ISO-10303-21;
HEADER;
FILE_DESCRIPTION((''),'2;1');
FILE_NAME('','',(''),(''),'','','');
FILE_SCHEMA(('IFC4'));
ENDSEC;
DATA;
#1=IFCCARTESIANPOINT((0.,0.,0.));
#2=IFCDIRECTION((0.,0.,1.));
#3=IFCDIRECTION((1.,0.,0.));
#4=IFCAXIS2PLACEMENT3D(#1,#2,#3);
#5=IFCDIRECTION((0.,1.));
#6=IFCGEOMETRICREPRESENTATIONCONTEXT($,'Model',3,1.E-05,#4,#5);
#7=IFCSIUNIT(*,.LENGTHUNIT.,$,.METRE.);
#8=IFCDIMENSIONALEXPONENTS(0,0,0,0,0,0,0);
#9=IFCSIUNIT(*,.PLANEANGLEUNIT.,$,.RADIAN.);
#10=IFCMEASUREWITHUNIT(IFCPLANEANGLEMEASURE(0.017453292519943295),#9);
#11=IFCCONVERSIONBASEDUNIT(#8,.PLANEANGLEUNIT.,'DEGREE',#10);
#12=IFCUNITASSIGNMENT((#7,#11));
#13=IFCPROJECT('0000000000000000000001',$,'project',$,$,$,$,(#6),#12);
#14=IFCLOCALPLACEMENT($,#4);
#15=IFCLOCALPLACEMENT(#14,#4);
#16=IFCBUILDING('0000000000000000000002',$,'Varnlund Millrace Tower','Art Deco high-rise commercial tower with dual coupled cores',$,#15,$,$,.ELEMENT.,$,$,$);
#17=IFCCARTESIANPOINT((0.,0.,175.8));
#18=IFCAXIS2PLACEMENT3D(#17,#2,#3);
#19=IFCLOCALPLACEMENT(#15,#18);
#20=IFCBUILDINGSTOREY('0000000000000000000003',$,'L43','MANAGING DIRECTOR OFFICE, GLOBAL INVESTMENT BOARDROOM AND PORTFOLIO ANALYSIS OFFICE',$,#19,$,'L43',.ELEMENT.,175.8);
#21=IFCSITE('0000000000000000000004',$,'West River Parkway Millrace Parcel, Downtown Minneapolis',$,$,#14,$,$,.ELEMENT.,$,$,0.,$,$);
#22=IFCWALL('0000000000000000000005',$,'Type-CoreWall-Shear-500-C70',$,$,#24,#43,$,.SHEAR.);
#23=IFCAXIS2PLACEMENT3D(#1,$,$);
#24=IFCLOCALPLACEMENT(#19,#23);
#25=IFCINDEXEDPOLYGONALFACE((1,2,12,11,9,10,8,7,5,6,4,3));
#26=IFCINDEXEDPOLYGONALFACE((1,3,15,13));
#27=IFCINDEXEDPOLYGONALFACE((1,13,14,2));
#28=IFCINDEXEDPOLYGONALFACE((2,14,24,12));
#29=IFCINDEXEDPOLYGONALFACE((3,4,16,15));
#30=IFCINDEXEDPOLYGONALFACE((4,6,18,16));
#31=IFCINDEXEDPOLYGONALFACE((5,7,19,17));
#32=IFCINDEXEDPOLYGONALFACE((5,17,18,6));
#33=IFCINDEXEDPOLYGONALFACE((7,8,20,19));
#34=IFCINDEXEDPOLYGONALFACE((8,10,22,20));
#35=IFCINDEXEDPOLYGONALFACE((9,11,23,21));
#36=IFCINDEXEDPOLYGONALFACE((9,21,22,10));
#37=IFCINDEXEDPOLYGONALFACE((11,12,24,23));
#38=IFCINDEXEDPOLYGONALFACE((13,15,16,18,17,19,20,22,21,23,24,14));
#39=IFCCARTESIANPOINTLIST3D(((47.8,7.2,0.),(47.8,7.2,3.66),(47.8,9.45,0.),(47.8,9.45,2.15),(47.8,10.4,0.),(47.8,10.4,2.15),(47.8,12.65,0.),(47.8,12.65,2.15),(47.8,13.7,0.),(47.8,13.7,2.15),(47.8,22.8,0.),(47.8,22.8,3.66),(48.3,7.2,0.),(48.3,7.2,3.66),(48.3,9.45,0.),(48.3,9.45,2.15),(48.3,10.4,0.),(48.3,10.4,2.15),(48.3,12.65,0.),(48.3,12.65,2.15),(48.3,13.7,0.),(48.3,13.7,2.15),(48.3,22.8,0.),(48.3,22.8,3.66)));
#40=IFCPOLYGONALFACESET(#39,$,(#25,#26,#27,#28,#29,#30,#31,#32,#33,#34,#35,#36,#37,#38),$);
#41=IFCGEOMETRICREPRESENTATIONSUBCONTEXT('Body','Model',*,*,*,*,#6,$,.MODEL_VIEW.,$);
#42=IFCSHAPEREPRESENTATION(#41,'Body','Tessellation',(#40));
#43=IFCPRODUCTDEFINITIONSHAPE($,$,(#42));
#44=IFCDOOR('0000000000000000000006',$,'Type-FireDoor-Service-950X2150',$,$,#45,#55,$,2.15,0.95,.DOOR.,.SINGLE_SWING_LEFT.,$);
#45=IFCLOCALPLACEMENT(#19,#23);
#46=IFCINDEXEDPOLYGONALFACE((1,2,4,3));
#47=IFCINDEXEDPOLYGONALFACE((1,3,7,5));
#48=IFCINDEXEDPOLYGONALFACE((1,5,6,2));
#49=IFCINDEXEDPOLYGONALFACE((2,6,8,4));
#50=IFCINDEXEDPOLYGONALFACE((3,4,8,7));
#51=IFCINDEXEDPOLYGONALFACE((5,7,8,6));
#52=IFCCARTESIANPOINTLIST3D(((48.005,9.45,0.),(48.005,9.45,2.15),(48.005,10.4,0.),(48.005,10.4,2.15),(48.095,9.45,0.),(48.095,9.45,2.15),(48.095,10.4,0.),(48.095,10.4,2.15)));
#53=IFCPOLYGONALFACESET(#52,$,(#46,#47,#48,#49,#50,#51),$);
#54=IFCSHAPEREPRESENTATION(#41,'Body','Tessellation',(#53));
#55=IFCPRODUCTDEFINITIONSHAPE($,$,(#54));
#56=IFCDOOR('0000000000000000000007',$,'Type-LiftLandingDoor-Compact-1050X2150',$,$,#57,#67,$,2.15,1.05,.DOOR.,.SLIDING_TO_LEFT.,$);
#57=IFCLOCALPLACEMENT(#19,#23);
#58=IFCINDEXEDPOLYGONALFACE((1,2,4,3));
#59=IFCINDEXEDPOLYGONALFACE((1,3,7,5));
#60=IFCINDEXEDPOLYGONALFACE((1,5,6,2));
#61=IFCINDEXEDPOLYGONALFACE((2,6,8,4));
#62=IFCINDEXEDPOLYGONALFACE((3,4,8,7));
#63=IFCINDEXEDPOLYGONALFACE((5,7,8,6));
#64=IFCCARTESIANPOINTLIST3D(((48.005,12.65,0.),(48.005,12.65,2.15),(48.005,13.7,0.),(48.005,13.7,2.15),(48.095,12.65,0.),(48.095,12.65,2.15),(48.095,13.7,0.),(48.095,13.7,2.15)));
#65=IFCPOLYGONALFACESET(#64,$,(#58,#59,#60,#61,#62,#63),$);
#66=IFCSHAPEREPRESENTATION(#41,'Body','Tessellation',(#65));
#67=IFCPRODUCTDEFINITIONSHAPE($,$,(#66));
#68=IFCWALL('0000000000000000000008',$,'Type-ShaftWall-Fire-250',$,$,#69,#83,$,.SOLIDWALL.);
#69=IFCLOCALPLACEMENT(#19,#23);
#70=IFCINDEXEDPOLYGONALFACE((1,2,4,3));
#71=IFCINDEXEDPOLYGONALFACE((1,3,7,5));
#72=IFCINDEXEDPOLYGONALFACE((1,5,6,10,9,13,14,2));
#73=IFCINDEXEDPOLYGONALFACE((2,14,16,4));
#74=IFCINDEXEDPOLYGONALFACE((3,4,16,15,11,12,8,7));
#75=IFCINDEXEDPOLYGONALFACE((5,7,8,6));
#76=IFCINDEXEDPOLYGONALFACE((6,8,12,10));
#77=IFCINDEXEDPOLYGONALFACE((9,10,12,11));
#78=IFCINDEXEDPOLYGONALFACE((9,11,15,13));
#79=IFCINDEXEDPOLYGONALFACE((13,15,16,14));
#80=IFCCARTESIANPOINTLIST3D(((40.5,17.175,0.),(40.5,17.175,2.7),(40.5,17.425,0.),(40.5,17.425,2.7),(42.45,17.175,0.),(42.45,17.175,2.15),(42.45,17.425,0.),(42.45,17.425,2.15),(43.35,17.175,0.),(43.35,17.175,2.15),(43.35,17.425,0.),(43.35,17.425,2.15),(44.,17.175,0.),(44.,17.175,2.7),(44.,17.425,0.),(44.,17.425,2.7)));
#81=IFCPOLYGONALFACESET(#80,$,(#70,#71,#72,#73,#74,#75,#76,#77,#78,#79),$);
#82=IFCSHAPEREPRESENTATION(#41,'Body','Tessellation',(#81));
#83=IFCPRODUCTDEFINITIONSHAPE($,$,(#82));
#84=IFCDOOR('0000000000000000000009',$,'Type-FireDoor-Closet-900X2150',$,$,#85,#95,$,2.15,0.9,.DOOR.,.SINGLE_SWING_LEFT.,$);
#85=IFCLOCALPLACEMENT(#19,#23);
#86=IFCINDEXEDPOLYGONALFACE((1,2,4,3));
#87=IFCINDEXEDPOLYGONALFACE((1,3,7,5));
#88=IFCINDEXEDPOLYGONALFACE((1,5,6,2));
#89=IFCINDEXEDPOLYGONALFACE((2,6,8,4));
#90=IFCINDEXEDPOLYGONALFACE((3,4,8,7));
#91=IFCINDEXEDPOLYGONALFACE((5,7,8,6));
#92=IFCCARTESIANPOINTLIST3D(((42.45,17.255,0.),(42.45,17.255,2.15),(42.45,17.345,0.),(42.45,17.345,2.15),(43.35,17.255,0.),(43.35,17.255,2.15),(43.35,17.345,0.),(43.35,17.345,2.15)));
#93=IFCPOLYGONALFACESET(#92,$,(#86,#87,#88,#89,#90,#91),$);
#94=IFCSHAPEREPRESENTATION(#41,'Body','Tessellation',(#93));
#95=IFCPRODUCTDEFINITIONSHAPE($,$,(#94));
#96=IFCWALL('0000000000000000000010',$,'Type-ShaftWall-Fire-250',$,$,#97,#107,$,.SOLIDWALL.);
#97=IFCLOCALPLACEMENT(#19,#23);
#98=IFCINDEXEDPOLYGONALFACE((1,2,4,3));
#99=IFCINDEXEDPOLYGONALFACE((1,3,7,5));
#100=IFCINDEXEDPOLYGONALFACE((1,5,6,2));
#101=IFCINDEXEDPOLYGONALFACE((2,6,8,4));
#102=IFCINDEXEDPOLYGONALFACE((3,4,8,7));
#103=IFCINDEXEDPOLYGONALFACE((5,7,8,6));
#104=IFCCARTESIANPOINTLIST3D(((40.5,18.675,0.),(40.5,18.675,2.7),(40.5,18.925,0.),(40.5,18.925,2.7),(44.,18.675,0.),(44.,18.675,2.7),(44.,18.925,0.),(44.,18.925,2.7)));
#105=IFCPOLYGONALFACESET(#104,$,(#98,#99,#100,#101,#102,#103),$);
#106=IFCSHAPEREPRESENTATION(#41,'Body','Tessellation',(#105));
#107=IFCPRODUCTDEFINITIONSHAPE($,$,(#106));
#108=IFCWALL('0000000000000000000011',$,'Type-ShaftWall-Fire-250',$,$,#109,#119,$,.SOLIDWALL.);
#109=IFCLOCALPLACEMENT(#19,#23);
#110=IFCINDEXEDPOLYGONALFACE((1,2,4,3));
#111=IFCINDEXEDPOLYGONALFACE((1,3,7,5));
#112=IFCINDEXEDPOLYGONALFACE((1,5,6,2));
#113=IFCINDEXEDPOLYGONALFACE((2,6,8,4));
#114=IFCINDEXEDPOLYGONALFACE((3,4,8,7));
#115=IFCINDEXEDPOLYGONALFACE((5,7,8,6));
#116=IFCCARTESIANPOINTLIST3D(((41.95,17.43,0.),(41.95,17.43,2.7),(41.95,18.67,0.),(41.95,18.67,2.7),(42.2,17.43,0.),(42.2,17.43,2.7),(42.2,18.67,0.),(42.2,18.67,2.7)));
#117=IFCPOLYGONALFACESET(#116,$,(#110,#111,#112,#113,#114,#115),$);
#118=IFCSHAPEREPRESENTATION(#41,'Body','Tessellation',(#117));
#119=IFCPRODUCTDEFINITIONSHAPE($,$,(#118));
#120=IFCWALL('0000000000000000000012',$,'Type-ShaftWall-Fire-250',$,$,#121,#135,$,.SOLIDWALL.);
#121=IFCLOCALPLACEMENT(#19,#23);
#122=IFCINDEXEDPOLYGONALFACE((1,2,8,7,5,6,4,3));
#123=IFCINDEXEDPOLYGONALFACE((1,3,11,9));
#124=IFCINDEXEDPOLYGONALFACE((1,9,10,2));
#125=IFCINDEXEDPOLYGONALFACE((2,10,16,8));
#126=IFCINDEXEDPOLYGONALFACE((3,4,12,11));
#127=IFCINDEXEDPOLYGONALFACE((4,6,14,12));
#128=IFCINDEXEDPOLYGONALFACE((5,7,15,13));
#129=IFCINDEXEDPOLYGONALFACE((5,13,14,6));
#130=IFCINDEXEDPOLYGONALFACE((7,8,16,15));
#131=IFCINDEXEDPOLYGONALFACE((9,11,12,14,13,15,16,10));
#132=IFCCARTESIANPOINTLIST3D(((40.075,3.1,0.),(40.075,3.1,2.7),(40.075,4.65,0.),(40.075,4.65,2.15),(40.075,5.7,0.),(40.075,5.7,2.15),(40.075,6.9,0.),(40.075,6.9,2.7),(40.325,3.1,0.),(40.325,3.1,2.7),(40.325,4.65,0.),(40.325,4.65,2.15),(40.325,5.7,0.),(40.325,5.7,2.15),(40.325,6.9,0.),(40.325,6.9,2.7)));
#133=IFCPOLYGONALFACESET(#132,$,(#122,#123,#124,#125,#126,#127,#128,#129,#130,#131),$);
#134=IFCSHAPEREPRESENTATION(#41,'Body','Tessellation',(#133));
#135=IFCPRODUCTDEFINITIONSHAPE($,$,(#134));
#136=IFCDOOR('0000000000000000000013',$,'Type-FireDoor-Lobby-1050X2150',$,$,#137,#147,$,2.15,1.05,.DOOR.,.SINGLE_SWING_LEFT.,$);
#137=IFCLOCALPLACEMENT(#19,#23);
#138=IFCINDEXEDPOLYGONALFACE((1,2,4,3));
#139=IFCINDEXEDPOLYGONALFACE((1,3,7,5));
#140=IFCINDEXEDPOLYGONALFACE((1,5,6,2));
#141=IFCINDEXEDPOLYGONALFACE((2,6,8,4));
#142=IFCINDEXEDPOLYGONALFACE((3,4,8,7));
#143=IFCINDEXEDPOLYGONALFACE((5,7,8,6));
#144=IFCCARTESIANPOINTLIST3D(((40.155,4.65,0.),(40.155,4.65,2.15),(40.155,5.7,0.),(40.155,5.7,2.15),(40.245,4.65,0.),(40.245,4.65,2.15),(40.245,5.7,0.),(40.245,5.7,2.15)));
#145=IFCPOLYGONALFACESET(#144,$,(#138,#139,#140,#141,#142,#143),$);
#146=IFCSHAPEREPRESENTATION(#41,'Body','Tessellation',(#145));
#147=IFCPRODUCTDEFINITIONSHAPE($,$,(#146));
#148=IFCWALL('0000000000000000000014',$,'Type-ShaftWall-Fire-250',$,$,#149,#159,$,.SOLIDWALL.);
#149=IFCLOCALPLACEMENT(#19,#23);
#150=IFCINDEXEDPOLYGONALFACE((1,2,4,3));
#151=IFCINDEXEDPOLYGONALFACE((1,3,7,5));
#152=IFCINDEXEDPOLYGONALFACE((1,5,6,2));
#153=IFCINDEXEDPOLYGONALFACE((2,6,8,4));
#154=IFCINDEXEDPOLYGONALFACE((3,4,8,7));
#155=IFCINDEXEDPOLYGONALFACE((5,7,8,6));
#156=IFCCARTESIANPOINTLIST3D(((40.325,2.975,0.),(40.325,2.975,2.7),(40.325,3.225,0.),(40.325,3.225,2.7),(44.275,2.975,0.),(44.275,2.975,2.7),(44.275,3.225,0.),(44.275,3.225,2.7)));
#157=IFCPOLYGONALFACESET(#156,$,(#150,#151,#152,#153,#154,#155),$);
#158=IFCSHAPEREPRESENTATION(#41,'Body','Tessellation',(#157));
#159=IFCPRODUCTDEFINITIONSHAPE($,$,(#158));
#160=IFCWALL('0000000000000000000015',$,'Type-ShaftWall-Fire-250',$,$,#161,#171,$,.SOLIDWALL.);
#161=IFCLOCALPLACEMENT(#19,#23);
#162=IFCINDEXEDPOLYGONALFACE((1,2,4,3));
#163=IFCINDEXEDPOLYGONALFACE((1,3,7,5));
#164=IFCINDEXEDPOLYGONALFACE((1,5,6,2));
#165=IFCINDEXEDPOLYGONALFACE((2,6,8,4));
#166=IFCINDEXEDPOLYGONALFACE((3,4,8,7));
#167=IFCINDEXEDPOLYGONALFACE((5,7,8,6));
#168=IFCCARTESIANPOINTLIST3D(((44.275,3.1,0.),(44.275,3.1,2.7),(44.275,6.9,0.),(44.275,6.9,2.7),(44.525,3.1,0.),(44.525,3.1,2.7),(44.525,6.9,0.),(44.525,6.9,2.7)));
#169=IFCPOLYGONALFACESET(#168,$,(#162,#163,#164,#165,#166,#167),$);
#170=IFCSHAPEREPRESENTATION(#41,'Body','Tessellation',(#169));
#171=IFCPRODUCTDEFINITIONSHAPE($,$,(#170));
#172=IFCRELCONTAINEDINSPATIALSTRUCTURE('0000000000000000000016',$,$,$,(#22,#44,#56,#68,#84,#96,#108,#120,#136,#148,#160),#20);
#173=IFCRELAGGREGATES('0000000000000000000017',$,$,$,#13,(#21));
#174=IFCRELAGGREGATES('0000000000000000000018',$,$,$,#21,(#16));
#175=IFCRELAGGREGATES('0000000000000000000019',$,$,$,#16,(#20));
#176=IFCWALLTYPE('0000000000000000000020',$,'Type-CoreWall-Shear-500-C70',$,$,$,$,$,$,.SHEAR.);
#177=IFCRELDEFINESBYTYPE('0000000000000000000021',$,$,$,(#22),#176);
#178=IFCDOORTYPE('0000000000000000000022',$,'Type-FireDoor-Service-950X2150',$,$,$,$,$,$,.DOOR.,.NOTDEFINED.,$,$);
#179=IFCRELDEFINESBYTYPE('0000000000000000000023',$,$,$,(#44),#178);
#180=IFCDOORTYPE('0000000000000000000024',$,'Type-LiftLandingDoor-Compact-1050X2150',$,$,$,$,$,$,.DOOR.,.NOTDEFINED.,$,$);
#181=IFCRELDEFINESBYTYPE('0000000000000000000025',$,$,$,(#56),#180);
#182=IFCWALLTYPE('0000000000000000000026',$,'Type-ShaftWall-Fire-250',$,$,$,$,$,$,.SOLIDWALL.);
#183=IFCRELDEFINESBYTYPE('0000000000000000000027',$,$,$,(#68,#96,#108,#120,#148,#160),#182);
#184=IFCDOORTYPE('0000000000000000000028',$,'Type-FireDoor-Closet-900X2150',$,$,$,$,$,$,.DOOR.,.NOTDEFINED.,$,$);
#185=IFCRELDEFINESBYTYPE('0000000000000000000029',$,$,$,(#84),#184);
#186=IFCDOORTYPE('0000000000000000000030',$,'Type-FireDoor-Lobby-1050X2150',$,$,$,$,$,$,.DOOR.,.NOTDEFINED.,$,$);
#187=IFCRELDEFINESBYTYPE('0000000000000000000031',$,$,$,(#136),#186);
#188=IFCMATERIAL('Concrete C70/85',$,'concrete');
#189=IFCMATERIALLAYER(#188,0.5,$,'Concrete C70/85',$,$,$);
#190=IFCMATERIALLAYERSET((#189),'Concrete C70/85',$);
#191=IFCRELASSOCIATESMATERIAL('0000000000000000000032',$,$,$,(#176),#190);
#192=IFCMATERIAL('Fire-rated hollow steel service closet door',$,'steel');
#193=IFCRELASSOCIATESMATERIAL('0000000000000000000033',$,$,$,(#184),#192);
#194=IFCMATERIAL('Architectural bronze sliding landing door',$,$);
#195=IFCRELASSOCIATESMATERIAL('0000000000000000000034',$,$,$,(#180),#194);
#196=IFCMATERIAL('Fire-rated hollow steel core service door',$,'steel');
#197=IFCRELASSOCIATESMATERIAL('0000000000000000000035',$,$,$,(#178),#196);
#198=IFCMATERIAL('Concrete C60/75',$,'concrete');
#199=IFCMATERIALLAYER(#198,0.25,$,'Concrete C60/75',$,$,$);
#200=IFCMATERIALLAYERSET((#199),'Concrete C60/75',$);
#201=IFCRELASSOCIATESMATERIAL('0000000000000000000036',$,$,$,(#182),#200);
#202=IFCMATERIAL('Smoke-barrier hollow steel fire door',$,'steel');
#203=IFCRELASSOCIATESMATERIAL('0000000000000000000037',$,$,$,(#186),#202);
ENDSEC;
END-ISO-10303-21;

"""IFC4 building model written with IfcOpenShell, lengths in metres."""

from ifc_helpers import new_model, entity, si_unit, converted_unit, direction, frame, origin_with_axes, origin_2d_with_axis, place, context, subcontext, project, spatial, polyline, rectangle, outline, extrude, material, layer, layer_set, type_object, element, fill, save


model = new_model("IFC4")

# Units and contexts
model_context = context("Model", 3, precision=1e-05, world=origin_with_axes(), true_north=direction((0.0, 1.0)))
body_context = subcontext(model_context, "Body", "Model", "MODEL_VIEW")
ifc_project = project(units=[si_unit("LENGTHUNIT", "METRE"), converted_unit("PLANEANGLEUNIT", "DEGREE", entity("IfcPlaneAngleMeasure", 0.017453292519943295), si_unit("PLANEANGLEUNIT", "RADIAN"), dimensions=[0, 0, 0, 0, 0, 0, 0])], contexts=[model_context])

# Site, building, storey
site_placement = place(None, origin_with_axes())
site = spatial("IfcSite", under=ifc_project, at=site_placement, Name="West River Parkway Millrace Parcel, Downtown Minneapolis", CompositionType="ELEMENT", RefElevation=0.0)
building_placement = place(site_placement, origin_with_axes())
building = spatial("IfcBuilding", under=site, at=building_placement, Name="Varnlund Millrace Tower", Description="Art Deco high-rise commercial tower with dual coupled cores", CompositionType="ELEMENT")
storey_placement = place(building_placement, frame((0.0, 0.0, 175.8), z_axis=(0.0, 0.0, 1.0), x_axis=(1.0, 0.0, 0.0)))
storey = spatial("IfcBuildingStorey", under=building, at=storey_placement, Name="L43", Description="MANAGING DIRECTOR OFFICE, GLOBAL INVESTMENT BOARDROOM AND PORTFOLIO ANALYSIS OFFICE", LongName="L43", CompositionType="ELEMENT", Elevation=175.8)

# Shared definitions
ifc_material_1 = material(Name="Concrete C70/85", Category="concrete")

# Shared definitions
ifc_layer_1 = layer(ifc_material_1, 0.5, Name="Concrete C70/85")
ifc_layer_set_1 = layer_set([ifc_layer_1], Name="Concrete C70/85")
wall_type_1 = type_object("IfcWallType", Name="Type-CoreWall-Shear-500-C70", PredefinedType="SHEAR", material=ifc_layer_set_1)
ifc_material_2 = material(Name="Fire-rated hollow steel service closet door", Category="steel")
door_type_1 = type_object("IfcDoorType", Name="Type-FireDoor-Closet-900X2150", OperationType="NOTDEFINED", PredefinedType="DOOR", material=ifc_material_2)
ifc_material_3 = material(Name="Architectural bronze sliding landing door")
door_type_2 = type_object("IfcDoorType", Name="Type-LiftLandingDoor-Compact-1050X2150", OperationType="NOTDEFINED", PredefinedType="DOOR", material=ifc_material_3)

# Wall, openings, doors
wall_1_placement = place(storey_placement, frame((48.05, 7.2, 0.0), z_axis=(0.0, 0.0, 1.0), x_axis=(0.0, 1.0, 0.0)))
wall_1 = element("IfcWall", 1, at=wall_1_placement, inside=storey, type_object=wall_type_1, Name="Type-CoreWall-Shear-500-C70", PredefinedType="SHEAR", context=body_context, shape_type="SweptSolid", body=[
    extrude(outline(polyline([(0.0, -0.25), (15.6, -0.25), (15.6, 0.25), (0.0, 0.25), (0.0, -0.25)])), origin_with_axes(), (0.0, 0.0, 1.0), 3.66),
])
opening_1_placement = place(wall_1_placement, frame((5.975, 0.0, 0.0), z_axis=(0.0, 0.0, 1.0), x_axis=(1.0, 0.0, 0.0)))
opening_1 = element("IfcOpeningElement", 2, at=opening_1_placement, cuts=wall_1, PredefinedType="OPENING", context=body_context, shape_type="SweptSolid", body=[
    extrude(rectangle(XDim=1.05, YDim=0.52, at=origin_2d_with_axis()), origin_with_axes(), (0.0, 0.0, 1.0), 2.15),
])
opening_2_placement = place(wall_1_placement, frame((2.725, 0.0, 0.0), z_axis=(0.0, 0.0, 1.0), x_axis=(1.0, 0.0, 0.0)))
opening_2 = element("IfcOpeningElement", 3, at=opening_2_placement, cuts=wall_1, PredefinedType="OPENING", context=body_context, shape_type="SweptSolid", body=[
    extrude(rectangle(XDim=0.95, YDim=0.52, at=origin_2d_with_axis()), origin_with_axes(), (0.0, 0.0, 1.0), 2.15),
])
ifc_material_4 = material(Name="Fire-rated hollow steel core service door", Category="steel")
door_type_3 = type_object("IfcDoorType", Name="Type-FireDoor-Service-950X2150", OperationType="NOTDEFINED", PredefinedType="DOOR", material=ifc_material_4)
door_1_placement = place(wall_1_placement, frame((2.725, 0.0, 0.0), z_axis=(0.0, 0.0, 1.0), x_axis=(1.0, 0.0, 0.0)))
door_1 = element("IfcDoor", 4, at=door_1_placement, inside=storey, type_object=door_type_3, Name="Type-FireDoor-Service-950X2150", OperationType="SINGLE_SWING_LEFT", OverallHeight=2.15, OverallWidth=0.95, PredefinedType="DOOR", context=body_context, shape_type="SweptSolid", body=[
    extrude(rectangle(XDim=0.95, YDim=0.09, at=origin_2d_with_axis()), origin_with_axes(), (0.0, 0.0, 1.0), 2.15),
])
fill(opening_2, door_1)
door_2_placement = place(wall_1_placement, frame((5.975, 0.0, 0.0), z_axis=(0.0, 0.0, 1.0), x_axis=(1.0, 0.0, 0.0)))
door_2 = element("IfcDoor", 5, at=door_2_placement, inside=storey, type_object=door_type_2, Name="Type-LiftLandingDoor-Compact-1050X2150", OperationType="SLIDING_TO_LEFT", OverallHeight=2.15, OverallWidth=1.05, PredefinedType="DOOR", context=body_context, shape_type="SweptSolid", body=[
    extrude(rectangle(XDim=1.05, YDim=0.09, at=origin_2d_with_axis()), origin_with_axes(), (0.0, 0.0, 1.0), 2.15),
])
fill(opening_1, door_2)

# Wall, opening, door
ifc_material_5 = material(Name="Concrete C60/75", Category="concrete")
ifc_layer_2 = layer(ifc_material_5, 0.25, Name="Concrete C60/75")
ifc_layer_set_2 = layer_set([ifc_layer_2], Name="Concrete C60/75")
wall_type_2 = type_object("IfcWallType", Name="Type-ShaftWall-Fire-250", PredefinedType="SOLIDWALL", material=ifc_layer_set_2)
wall_2_placement = place(storey_placement, frame((40.5, 17.3, 0.0), z_axis=(0.0, 0.0, 1.0), x_axis=(1.0, 0.0, 0.0)))
wall_2 = element("IfcWall", 6, at=wall_2_placement, inside=storey, type_object=wall_type_2, Name="Type-ShaftWall-Fire-250", PredefinedType="SOLIDWALL", context=body_context, shape_type="SweptSolid", body=[
    extrude(outline(polyline([(0.0, -0.125), (3.5, -0.125), (3.5, 0.125), (0.0, 0.125), (0.0, -0.125)])), origin_with_axes(), (0.0, 0.0, 1.0), 2.7),
])
opening_3_placement = place(wall_2_placement, frame((2.4, 0.0, 0.0), z_axis=(0.0, 0.0, 1.0), x_axis=(1.0, 0.0, 0.0)))
opening_3 = element("IfcOpeningElement", 7, at=opening_3_placement, cuts=wall_2, PredefinedType="OPENING", context=body_context, shape_type="SweptSolid", body=[
    extrude(rectangle(XDim=0.9, YDim=0.27, at=origin_2d_with_axis()), origin_with_axes(), (0.0, 0.0, 1.0), 2.15),
])
door_3_placement = place(wall_2_placement, frame((2.4, 0.0, 0.0), z_axis=(0.0, 0.0, 1.0), x_axis=(1.0, 0.0, 0.0)))
door_3 = element("IfcDoor", 8, at=door_3_placement, inside=storey, type_object=door_type_1, Name="Type-FireDoor-Closet-900X2150", OperationType="SINGLE_SWING_LEFT", OverallHeight=2.15, OverallWidth=0.9, PredefinedType="DOOR", context=body_context, shape_type="SweptSolid", body=[
    extrude(rectangle(XDim=0.9, YDim=0.09, at=origin_2d_with_axis()), origin_with_axes(), (0.0, 0.0, 1.0), 2.15),
])
fill(opening_3, door_3)

# Walls
wall_3_placement = place(storey_placement, frame((40.5, 18.8, 0.0), z_axis=(0.0, 0.0, 1.0), x_axis=(1.0, 0.0, 0.0)))
element("IfcWall", 9, at=wall_3_placement, inside=storey, type_object=wall_type_2, Name="Type-ShaftWall-Fire-250", PredefinedType="SOLIDWALL", context=body_context, shape_type="SweptSolid", body=[
    extrude(outline(polyline([(0.0, -0.125), (3.5, -0.125), (3.5, 0.125), (0.0, 0.125), (0.0, -0.125)])), origin_with_axes(), (0.0, 0.0, 1.0), 2.7),
])
wall_4_placement = place(storey_placement, frame((42.075, 17.43, 0.0), z_axis=(0.0, 0.0, 1.0), x_axis=(0.0, 1.0, 0.0)))
element("IfcWall", 10, at=wall_4_placement, inside=storey, type_object=wall_type_2, Name="Type-ShaftWall-Fire-250", PredefinedType="SOLIDWALL", context=body_context, shape_type="SweptSolid", body=[
    extrude(outline(polyline([(0.0, -0.125), (1.24, -0.125), (1.24, 0.125), (0.0, 0.125), (0.0, -0.125)])), origin_with_axes(), (0.0, 0.0, 1.0), 2.7),
])

# Wall, opening, door
wall_5_placement = place(storey_placement, frame((40.2, 3.1, 0.0), z_axis=(0.0, 0.0, 1.0), x_axis=(0.0, 1.0, 0.0)))
wall_5 = element("IfcWall", 11, at=wall_5_placement, inside=storey, type_object=wall_type_2, Name="Type-ShaftWall-Fire-250", PredefinedType="SOLIDWALL", context=body_context, shape_type="SweptSolid", body=[
    extrude(outline(polyline([(0.0, -0.125), (3.8, -0.125), (3.8, 0.125), (0.0, 0.125), (0.0, -0.125)])), origin_with_axes(), (0.0, 0.0, 1.0), 2.7),
])
opening_4_placement = place(wall_5_placement, frame((2.075, 0.0, 0.0), z_axis=(0.0, 0.0, 1.0), x_axis=(1.0, 0.0, 0.0)))
opening_4 = element("IfcOpeningElement", 12, at=opening_4_placement, cuts=wall_5, PredefinedType="OPENING", context=body_context, shape_type="SweptSolid", body=[
    extrude(rectangle(XDim=1.05, YDim=0.27, at=origin_2d_with_axis()), origin_with_axes(), (0.0, 0.0, 1.0), 2.15),
])
ifc_material_6 = material(Name="Smoke-barrier hollow steel fire door", Category="steel")
door_type_4 = type_object("IfcDoorType", Name="Type-FireDoor-Lobby-1050X2150", OperationType="NOTDEFINED", PredefinedType="DOOR", material=ifc_material_6)
door_4_placement = place(wall_5_placement, frame((2.075, 0.0, 0.0), z_axis=(0.0, 0.0, 1.0), x_axis=(1.0, 0.0, 0.0)))
door_4 = element("IfcDoor", 13, at=door_4_placement, inside=storey, type_object=door_type_4, Name="Type-FireDoor-Lobby-1050X2150", OperationType="SINGLE_SWING_LEFT", OverallHeight=2.15, OverallWidth=1.05, PredefinedType="DOOR", context=body_context, shape_type="SweptSolid", body=[
    extrude(rectangle(XDim=1.05, YDim=0.09, at=origin_2d_with_axis()), origin_with_axes(), (0.0, 0.0, 1.0), 2.15),
])
fill(opening_4, door_4)

# Walls
wall_6_placement = place(storey_placement, frame((40.325, 3.1, 0.0), z_axis=(0.0, 0.0, 1.0), x_axis=(1.0, 0.0, 0.0)))
element("IfcWall", 14, at=wall_6_placement, inside=storey, type_object=wall_type_2, Name="Type-ShaftWall-Fire-250", PredefinedType="SOLIDWALL", context=body_context, shape_type="SweptSolid", body=[
    extrude(outline(polyline([(0.0, -0.125), (3.95, -0.125), (3.95, 0.125), (0.0, 0.125), (0.0, -0.125)])), origin_with_axes(), (0.0, 0.0, 1.0), 2.7),
])
wall_7_placement = place(storey_placement, frame((44.4, 3.1, 0.0), z_axis=(0.0, 0.0, 1.0), x_axis=(0.0, 1.0, 0.0)))
element("IfcWall", 15, at=wall_7_placement, inside=storey, type_object=wall_type_2, Name="Type-ShaftWall-Fire-250", PredefinedType="SOLIDWALL", context=body_context, shape_type="SweptSolid", body=[
    extrude(outline(polyline([(0.0, -0.125), (3.8, -0.125), (3.8, 0.125), (0.0, 0.125), (0.0, -0.125)])), origin_with_axes(), (0.0, 0.0, 1.0), 2.7),
])

save(model, "model.ifc")
